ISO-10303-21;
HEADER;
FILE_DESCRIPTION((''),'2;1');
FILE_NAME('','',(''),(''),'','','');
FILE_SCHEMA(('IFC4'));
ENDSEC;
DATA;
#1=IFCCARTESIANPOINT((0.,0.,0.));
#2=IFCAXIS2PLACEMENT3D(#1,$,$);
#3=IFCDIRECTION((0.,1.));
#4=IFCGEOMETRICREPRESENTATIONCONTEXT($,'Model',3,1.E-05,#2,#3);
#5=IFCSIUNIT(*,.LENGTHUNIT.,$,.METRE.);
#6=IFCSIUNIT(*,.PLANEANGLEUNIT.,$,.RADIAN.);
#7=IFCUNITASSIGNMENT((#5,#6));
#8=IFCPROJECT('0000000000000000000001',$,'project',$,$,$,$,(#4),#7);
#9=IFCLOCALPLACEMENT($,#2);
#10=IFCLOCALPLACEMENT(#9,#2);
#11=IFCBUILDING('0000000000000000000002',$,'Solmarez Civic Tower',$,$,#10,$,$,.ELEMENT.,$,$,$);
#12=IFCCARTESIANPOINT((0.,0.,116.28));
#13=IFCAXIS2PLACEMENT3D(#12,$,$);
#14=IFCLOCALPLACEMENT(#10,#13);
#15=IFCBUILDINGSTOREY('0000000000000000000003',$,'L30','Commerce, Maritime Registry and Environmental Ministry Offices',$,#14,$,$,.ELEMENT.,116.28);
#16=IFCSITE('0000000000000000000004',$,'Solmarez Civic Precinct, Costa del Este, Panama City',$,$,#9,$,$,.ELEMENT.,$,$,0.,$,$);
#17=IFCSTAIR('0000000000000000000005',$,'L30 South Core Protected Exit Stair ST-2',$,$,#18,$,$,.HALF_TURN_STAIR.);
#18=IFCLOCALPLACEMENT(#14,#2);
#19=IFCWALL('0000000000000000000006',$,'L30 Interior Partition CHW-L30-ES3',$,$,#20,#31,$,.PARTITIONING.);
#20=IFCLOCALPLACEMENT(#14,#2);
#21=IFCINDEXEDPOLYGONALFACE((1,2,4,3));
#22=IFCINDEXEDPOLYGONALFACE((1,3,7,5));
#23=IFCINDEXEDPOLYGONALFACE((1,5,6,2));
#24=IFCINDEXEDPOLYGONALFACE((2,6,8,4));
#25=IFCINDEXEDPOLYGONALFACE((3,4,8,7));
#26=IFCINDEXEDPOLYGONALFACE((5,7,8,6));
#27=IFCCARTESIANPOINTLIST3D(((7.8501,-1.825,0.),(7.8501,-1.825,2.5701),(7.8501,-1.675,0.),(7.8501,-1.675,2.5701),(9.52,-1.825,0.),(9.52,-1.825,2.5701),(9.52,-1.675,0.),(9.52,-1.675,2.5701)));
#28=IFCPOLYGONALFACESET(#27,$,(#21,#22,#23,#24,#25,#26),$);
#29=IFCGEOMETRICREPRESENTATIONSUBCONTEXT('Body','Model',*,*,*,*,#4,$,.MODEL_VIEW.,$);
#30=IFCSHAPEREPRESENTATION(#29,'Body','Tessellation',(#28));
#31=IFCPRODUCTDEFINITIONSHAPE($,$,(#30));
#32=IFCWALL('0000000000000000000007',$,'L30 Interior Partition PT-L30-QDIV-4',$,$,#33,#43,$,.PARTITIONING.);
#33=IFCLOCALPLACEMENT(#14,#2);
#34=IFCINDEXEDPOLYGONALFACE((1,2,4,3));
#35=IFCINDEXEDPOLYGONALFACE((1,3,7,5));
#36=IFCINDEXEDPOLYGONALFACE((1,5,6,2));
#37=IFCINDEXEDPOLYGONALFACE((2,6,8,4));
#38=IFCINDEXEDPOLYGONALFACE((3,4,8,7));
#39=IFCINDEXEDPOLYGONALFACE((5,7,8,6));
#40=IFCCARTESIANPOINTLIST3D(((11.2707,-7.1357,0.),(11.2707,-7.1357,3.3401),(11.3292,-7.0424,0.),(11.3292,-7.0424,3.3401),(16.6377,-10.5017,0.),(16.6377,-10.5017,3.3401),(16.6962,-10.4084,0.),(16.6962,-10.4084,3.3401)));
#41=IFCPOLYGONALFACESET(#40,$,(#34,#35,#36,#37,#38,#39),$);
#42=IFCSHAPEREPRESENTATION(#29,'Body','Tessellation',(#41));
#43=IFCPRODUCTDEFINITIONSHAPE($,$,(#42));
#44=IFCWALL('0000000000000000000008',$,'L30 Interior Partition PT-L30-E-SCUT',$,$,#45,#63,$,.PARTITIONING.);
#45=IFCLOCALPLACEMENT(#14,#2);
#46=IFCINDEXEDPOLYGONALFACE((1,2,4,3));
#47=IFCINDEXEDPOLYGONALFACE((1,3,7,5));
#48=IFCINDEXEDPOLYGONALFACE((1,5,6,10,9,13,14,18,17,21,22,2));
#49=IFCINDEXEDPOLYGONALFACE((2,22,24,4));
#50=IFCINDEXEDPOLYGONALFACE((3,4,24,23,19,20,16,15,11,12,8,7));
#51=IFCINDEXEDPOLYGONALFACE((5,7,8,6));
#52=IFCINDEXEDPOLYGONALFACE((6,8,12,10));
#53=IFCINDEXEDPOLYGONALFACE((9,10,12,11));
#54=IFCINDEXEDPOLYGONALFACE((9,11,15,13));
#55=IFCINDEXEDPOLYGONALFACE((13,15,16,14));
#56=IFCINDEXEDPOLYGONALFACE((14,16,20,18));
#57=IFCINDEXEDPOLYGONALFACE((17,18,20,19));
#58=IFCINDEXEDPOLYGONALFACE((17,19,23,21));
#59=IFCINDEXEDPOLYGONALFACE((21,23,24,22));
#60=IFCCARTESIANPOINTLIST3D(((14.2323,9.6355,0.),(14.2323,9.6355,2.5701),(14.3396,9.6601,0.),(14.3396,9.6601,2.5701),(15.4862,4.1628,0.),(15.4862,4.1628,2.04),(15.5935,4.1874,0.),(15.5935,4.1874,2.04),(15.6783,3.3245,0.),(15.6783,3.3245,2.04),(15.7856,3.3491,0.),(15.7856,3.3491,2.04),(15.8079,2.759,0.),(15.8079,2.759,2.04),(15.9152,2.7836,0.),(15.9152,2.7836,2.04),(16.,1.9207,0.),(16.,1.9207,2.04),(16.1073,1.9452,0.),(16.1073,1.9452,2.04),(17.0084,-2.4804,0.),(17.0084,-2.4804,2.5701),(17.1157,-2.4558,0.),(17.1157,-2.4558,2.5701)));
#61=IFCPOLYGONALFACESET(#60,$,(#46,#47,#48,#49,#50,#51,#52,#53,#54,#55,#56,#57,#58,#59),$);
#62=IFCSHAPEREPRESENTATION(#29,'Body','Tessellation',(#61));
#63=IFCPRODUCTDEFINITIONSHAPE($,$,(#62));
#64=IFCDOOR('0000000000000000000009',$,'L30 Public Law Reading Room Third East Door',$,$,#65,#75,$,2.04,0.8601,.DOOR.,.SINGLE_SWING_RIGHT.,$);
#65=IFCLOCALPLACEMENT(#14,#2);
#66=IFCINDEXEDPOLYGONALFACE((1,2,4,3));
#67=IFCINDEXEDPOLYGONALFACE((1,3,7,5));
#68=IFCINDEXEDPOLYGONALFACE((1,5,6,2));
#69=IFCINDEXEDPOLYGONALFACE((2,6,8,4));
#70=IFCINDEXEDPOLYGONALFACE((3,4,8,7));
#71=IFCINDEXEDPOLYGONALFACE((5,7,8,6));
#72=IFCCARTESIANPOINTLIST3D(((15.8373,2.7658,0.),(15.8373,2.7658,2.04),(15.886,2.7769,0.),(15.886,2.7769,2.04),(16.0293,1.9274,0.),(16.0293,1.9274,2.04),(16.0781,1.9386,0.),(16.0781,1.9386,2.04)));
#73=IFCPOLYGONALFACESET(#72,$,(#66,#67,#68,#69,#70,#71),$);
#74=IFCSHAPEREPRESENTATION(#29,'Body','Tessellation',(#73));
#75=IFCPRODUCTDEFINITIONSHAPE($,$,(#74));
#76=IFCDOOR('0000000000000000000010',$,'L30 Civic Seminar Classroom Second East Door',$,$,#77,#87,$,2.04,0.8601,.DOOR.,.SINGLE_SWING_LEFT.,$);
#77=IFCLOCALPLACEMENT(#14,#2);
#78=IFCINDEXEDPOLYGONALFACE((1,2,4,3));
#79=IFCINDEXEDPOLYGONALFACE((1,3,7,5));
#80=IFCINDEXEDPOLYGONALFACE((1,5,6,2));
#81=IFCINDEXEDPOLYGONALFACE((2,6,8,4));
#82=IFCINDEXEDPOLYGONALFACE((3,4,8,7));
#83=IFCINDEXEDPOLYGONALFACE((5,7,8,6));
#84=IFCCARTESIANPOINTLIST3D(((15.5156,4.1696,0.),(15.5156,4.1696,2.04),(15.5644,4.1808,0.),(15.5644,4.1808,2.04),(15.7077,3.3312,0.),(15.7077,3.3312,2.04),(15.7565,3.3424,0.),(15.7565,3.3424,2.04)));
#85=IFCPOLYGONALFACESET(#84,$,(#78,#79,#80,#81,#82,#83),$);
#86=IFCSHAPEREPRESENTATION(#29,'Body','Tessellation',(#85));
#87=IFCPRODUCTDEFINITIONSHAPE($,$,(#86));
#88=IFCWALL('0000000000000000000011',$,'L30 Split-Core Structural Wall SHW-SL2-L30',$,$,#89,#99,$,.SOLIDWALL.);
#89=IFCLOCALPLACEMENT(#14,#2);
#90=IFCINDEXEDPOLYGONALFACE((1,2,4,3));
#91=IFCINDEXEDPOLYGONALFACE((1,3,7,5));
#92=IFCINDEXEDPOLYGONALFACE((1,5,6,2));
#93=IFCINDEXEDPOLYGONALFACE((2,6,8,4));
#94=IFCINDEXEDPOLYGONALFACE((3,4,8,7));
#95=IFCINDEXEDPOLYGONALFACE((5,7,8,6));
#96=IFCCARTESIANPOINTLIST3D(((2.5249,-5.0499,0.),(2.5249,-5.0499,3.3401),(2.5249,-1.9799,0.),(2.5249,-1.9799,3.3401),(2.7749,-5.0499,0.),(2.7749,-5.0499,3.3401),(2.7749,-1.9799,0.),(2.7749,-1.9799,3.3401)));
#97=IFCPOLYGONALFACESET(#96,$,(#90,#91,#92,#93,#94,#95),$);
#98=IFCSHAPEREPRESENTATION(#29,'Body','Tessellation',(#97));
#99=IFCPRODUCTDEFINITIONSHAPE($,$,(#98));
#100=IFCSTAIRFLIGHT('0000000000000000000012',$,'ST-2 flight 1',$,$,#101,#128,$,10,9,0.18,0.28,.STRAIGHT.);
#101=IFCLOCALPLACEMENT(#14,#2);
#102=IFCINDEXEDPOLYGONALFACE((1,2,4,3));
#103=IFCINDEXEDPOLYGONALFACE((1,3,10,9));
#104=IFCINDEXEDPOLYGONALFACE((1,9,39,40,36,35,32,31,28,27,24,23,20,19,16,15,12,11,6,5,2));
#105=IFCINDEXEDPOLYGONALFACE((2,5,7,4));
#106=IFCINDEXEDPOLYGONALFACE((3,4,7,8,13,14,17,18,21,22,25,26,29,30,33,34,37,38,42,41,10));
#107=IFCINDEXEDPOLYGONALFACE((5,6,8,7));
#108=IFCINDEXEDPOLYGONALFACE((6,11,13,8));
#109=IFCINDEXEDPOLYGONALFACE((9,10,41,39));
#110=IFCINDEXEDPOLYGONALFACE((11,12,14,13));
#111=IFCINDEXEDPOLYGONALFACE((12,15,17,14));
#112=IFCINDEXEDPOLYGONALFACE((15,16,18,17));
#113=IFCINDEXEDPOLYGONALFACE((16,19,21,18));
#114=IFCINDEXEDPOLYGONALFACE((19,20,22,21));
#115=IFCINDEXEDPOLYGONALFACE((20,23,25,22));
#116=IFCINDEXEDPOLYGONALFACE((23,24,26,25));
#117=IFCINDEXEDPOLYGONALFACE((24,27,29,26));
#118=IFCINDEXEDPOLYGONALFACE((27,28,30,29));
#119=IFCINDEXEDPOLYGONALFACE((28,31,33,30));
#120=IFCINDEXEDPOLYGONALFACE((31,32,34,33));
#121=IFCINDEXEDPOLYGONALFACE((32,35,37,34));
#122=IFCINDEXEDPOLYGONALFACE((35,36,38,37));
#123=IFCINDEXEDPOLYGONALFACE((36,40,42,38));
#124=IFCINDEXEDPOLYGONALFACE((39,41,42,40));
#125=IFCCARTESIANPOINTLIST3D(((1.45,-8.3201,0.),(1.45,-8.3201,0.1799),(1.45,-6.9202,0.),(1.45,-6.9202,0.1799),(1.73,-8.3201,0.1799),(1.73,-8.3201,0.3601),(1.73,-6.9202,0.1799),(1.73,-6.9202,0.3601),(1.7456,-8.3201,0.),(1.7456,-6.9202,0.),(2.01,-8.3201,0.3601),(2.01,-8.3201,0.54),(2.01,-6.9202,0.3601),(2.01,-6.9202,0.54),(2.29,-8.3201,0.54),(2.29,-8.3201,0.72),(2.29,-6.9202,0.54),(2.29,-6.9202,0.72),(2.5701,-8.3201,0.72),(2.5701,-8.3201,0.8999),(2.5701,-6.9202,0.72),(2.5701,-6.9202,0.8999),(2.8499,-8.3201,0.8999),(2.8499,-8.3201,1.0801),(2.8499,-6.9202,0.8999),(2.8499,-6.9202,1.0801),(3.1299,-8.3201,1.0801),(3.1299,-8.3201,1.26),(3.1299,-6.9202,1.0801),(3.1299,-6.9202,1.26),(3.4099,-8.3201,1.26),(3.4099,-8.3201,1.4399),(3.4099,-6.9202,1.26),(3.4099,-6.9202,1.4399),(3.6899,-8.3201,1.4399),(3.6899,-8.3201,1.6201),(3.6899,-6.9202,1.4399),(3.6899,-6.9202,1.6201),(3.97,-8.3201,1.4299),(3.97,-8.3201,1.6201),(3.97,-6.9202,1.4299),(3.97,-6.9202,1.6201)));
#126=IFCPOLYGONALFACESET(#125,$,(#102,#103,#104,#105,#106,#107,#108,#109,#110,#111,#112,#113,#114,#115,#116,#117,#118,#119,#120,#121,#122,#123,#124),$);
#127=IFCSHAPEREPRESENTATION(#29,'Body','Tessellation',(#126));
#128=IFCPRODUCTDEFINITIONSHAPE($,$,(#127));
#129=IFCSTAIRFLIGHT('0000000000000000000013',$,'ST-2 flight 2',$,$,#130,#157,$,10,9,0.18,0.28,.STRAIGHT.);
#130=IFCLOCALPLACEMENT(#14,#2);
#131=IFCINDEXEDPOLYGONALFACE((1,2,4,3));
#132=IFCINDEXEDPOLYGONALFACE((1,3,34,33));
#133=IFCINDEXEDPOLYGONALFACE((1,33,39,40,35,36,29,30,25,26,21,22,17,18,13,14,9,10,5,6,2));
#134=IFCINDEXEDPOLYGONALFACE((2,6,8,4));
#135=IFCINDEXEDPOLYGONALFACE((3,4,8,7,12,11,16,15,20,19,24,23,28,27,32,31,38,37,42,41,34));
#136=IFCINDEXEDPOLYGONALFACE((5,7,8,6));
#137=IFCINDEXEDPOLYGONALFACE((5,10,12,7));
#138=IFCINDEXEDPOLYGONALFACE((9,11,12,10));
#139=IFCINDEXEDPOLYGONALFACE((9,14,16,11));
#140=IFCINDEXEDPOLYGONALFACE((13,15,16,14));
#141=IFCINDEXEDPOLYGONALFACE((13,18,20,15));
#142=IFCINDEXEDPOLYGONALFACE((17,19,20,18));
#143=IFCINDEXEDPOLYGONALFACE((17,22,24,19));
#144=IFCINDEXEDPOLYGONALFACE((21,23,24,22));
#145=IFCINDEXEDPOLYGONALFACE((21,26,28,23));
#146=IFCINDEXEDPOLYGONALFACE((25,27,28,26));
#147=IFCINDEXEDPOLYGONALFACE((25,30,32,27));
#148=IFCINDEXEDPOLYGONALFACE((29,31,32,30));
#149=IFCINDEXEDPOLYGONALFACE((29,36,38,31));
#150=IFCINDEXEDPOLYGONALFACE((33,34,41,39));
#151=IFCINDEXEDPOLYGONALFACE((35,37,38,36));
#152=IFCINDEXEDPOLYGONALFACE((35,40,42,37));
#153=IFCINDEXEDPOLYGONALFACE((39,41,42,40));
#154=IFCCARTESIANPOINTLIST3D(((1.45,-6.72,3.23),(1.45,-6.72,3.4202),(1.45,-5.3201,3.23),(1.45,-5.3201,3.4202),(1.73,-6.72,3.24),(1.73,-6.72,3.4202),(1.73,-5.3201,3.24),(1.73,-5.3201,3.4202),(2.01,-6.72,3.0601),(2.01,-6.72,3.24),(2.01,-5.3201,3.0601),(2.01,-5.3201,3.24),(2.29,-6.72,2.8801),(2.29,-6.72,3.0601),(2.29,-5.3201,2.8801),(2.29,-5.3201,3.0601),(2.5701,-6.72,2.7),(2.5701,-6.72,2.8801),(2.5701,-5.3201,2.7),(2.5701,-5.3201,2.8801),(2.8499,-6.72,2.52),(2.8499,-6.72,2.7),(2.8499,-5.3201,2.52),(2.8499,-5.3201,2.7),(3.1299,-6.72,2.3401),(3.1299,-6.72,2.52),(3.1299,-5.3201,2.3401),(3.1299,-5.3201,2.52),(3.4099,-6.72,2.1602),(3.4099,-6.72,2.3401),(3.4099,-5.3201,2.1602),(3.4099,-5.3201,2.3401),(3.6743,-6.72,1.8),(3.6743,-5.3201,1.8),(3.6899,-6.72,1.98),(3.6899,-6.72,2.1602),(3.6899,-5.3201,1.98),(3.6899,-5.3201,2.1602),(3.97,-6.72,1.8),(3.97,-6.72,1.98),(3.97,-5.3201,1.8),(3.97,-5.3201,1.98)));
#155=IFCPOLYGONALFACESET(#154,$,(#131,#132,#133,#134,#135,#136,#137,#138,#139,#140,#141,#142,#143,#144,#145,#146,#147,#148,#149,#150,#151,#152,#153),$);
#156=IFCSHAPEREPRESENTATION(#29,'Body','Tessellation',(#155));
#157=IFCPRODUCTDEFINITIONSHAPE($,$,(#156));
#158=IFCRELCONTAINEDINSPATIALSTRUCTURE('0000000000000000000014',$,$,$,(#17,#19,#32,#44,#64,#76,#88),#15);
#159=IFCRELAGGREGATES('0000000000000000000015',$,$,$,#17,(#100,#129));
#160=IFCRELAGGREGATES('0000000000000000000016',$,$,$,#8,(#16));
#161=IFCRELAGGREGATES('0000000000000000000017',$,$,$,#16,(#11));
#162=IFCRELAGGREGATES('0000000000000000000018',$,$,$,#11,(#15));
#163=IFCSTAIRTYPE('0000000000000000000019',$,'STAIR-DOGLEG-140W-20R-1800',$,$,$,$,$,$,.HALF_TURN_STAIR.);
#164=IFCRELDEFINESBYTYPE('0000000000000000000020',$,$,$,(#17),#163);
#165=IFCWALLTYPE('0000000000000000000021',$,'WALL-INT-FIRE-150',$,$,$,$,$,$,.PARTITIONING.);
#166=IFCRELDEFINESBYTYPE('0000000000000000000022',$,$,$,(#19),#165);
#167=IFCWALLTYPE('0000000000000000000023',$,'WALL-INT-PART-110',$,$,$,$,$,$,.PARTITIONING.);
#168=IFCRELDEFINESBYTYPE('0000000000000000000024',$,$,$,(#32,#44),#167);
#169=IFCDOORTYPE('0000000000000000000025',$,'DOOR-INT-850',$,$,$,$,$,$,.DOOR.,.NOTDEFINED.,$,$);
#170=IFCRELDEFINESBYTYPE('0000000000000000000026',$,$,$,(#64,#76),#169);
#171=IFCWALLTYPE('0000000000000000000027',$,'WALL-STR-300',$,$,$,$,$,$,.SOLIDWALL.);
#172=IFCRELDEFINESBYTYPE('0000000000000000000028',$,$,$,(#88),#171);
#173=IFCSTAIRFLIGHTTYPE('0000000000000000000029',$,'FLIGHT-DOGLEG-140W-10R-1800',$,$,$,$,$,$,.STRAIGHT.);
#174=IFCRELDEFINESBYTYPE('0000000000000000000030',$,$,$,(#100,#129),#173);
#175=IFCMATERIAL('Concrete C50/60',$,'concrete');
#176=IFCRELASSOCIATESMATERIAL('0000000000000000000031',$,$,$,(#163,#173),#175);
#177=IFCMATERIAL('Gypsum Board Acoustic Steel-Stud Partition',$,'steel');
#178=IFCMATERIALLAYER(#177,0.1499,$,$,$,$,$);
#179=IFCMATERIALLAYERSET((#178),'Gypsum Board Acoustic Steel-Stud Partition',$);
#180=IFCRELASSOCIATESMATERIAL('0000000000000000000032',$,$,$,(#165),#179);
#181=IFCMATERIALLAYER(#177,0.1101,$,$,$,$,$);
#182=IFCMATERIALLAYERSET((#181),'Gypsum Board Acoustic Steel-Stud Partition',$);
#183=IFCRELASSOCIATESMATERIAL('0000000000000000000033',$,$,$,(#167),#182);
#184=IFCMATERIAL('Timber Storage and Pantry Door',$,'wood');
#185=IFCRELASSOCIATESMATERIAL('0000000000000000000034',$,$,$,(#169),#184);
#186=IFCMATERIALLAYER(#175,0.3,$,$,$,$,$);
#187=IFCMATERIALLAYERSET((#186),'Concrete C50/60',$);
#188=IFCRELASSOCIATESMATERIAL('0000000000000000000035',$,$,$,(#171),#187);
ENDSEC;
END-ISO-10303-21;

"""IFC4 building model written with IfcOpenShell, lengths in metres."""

from ifc_helpers import new_model, si_unit, direction, frame, frame_2d, origin, place, context, subcontext, project, spatial, polyline, rectangle, outline, extrude, material, layer, layer_set, type_object, element, fill, aggregate, save


model = new_model("IFC4")

# Units and contexts
model_context = context("Model", 3, precision=1e-05, world=origin(), true_north=direction((0.0, 1.0)))
body_context = subcontext(model_context, "Body", "Model", "MODEL_VIEW")
ifc_project = project(units=[si_unit("LENGTHUNIT", "METRE"), si_unit("PLANEANGLEUNIT", "RADIAN")], contexts=[model_context])

# Site, building, storey
site_placement = place(None, origin())
site = spatial("IfcSite", under=ifc_project, at=site_placement, Name="Solmarez Civic Precinct, Costa del Este, Panama City", CompositionType="ELEMENT", RefElevation=0.0)
building_placement = place(site_placement, origin())
building = spatial("IfcBuilding", under=site, at=building_placement, Name="Solmarez Civic Tower", CompositionType="ELEMENT")
storey_placement = place(building_placement, frame((0.0, 0.0, 116.28)))
storey = spatial("IfcBuildingStorey", under=building, at=storey_placement, Name="L30", Description="Commerce, Maritime Registry and Environmental Ministry Offices", CompositionType="ELEMENT", Elevation=116.28)

# Shared definitions
ifc_material_1 = material(Name="Concrete C50/60", Category="concrete")

# Stair
stair_type = type_object("IfcStairType", Name="STAIR-DOGLEG-140W-20R-1800", PredefinedType="HALF_TURN_STAIR", material=ifc_material_1)
stair_1_placement = place(storey_placement, origin())
stair_1 = element("IfcStair", 1, at=stair_1_placement, inside=storey, type_object=stair_type, Name="L30 South Core Protected Exit Stair ST-2", PredefinedType="HALF_TURN_STAIR")

# Walls
ifc_material_2 = material(Name="Gypsum Board Acoustic Steel-Stud Partition", Category="steel")
ifc_layer_1 = layer(ifc_material_2, 0.1499)
ifc_layer_set_1 = layer_set([ifc_layer_1], Name="Gypsum Board Acoustic Steel-Stud Partition")
wall_type_1 = type_object("IfcWallType", Name="WALL-INT-FIRE-150", PredefinedType="PARTITIONING", material=ifc_layer_set_1)
wall_1_placement = place(storey_placement, frame((7.8501, -1.75, 0.0), z_axis=(0.0, 0.0, 1.0), x_axis=(1.0, 0.0, 0.0)))
element("IfcWall", 2, at=wall_1_placement, inside=storey, type_object=wall_type_1, Name="L30 Interior Partition CHW-L30-ES3", PredefinedType="PARTITIONING", context=body_context, shape_type="SweptSolid", body=[
    extrude(rectangle(XDim=1.6699, YDim=0.1499, at=frame_2d((0.835, 0.0))), origin(), (0.0, 0.0, 1.0), 2.5701),
])
ifc_layer_2 = layer(ifc_material_2, 0.1101)
ifc_layer_set_2 = layer_set([ifc_layer_2], Name="Gypsum Board Acoustic Steel-Stud Partition")
wall_type_2 = type_object("IfcWallType", Name="WALL-INT-PART-110", PredefinedType="PARTITIONING", material=ifc_layer_set_2)
wall_2_placement = place(storey_placement, frame((11.3, -7.0891, 0.0), z_axis=(0.0, 0.0, 1.0), x_axis=(0.847172, -0.531318, 0.0)))
element("IfcWall", 3, at=wall_2_placement, inside=storey, type_object=wall_type_2, Name="L30 Interior Partition PT-L30-QDIV-4", PredefinedType="PARTITIONING", context=body_context, shape_type="SweptSolid", body=[
    extrude(rectangle(XDim=6.3352, YDim=0.1101, at=frame_2d((3.1675, 0.0))), origin(), (0.0, 0.0, 1.0), 3.3401),
])

# Wall, openings, doors
wall_3_placement = place(storey_placement, frame((17.062, -2.468, 0.0), z_axis=(0.0, 0.0, 1.0), x_axis=(-0.223342, 0.97474, 0.0)))
wall_3 = element("IfcWall", 4, at=wall_3_placement, inside=storey, type_object=wall_type_2, Name="L30 Interior Partition PT-L30-E-SCUT", PredefinedType="PARTITIONING", context=body_context, shape_type="SweptSolid", body=[
    extrude(rectangle(XDim=12.4299, YDim=0.1101, at=frame_2d((6.2148, 0.0))), origin(), (0.0, 0.0, 1.0), 2.5701),
])
opening_1_placement = place(wall_3_placement, frame((4.5149, 0.0, 0.0)))
opening_1 = element("IfcOpeningElement", 5, at=opening_1_placement, cuts=wall_3, PredefinedType="OPENING", context=body_context, shape_type="SweptSolid", body=[
    extrude(rectangle(XDim=0.8601, YDim=2.04, at=frame_2d((0.4302, 1.02))), frame((0.0, 0.0649, 0.0), z_axis=(0.0, -1.0, 0.0), x_axis=(1.0, 0.0, 0.0)), (0.0, 0.0, 1.0), 0.1301),
])
opening_2_placement = place(wall_3_placement, frame((5.9551, 0.0, 0.0)))
opening_2 = element("IfcOpeningElement", 6, at=opening_2_placement, cuts=wall_3, PredefinedType="OPENING", context=body_context, shape_type="SweptSolid", body=[
    extrude(rectangle(XDim=0.8601, YDim=2.04, at=frame_2d((0.4302, 1.02))), frame((0.0, 0.0649, 0.0), z_axis=(0.0, -1.0, 0.0), x_axis=(1.0, 0.0, 0.0)), (0.0, 0.0, 1.0), 0.1301),
])
ifc_material_3 = material(Name="Timber Storage and Pantry Door", Category="wood")
door_type = type_object("IfcDoorType", Name="DOOR-INT-850", OperationType="NOTDEFINED", PredefinedType="DOOR", material=ifc_material_3)
door_1_placement = place(opening_1_placement, origin())
door_1 = element("IfcDoor", 7, at=door_1_placement, inside=storey, type_object=door_type, Name="L30 Public Law Reading Room Third East Door", OperationType="SINGLE_SWING_RIGHT", OverallHeight=2.04, OverallWidth=0.8601, PredefinedType="DOOR", context=body_context, shape_type="SweptSolid", body=[
    extrude(rectangle(XDim=0.8601, YDim=2.04, at=frame_2d((0.4302, 1.02))), frame((0.0, 0.0249, 0.0), z_axis=(0.0, -1.0, 0.0), x_axis=(1.0, 0.0, 0.0)), (0.0, 0.0, 1.0), 0.05),
])
fill(opening_1, door_1)
door_2_placement = place(opening_2_placement, origin())
door_2 = element("IfcDoor", 8, at=door_2_placement, inside=storey, type_object=door_type, Name="L30 Civic Seminar Classroom Second East Door", OperationType="SINGLE_SWING_LEFT", OverallHeight=2.04, OverallWidth=0.8601, PredefinedType="DOOR", context=body_context, shape_type="SweptSolid", body=[
    extrude(rectangle(XDim=0.8601, YDim=2.04, at=frame_2d((0.4302, 1.02))), frame((0.0, 0.0249, 0.0), z_axis=(0.0, -1.0, 0.0), x_axis=(1.0, 0.0, 0.0)), (0.0, 0.0, 1.0), 0.05),
])
fill(opening_2, door_2)

# Wall
ifc_layer_3 = layer(ifc_material_1, 0.3)
ifc_layer_set_3 = layer_set([ifc_layer_3], Name="Concrete C50/60")
wall_type_3 = type_object("IfcWallType", Name="WALL-STR-300", PredefinedType="SOLIDWALL", material=ifc_layer_set_3)
wall_4_placement = place(storey_placement, frame((2.6499, -5.05, 0.0), z_axis=(0.0, 0.0, 1.0), x_axis=(0.0, 1.0, 0.0)))
element("IfcWall", 9, at=wall_4_placement, inside=storey, type_object=wall_type_3, Name="L30 Split-Core Structural Wall SHW-SL2-L30", PredefinedType="SOLIDWALL", context=body_context, shape_type="SweptSolid", body=[
    extrude(rectangle(XDim=3.0701, YDim=0.25, at=frame_2d((1.5352, 0.0))), origin(), (0.0, 0.0, 1.0), 3.3401),
])

# Stair flights
stair_flight_type = type_object("IfcStairFlightType", Name="FLIGHT-DOGLEG-140W-10R-1800", PredefinedType="STRAIGHT", material=ifc_material_1)
stair_flight_1_placement = place(storey_placement, frame((1.45, -7.6201, 0.0), z_axis=(0.0, 0.0, 1.0), x_axis=(1.0, 0.0, 0.0)))
stair_flight_1 = element("IfcStairFlight", 10, at=stair_flight_1_placement, type_object=stair_flight_type, Name="ST-2 flight 1", NumberOfRisers=10, NumberOfTreads=9, PredefinedType="STRAIGHT", RiserHeight=0.18, TreadLength=0.28, context=body_context, shape_type="SweptSolid", body=[
    extrude(outline(polyline([(0.0, 0.0), (0.0, 0.1799), (0.28, 0.1799), (0.28, 0.3601), (0.5601, 0.3601), (0.5601, 0.54), (0.8401, 0.54), (0.8401, 0.72), (1.1201, 0.72), (1.1201, 0.8999), (1.3999, 0.8999), (1.3999, 1.0801), (1.6799, 1.0801), (1.6799, 1.26), (1.96, 1.26), (1.96, 1.4399), (2.24, 1.4399), (2.24, 1.6201), (2.52, 1.6201), (2.52, 1.8), (2.52, 1.4299), (0.2957, 0.0), (0.0, 0.0)])), frame((0.0, 0.7, 0.0), z_axis=(0.0, -1.0, 0.0), x_axis=(1.0, 0.0, 0.0)), (0.0, 0.0, 1.0), 1.3999),
])
stair_flight_2_placement = place(storey_placement, frame((3.97, -6.02, 1.8), z_axis=(0.0, 0.0, 1.0), x_axis=(-1.0, 0.0, 0.0)))
stair_flight_2 = element("IfcStairFlight", 11, at=stair_flight_2_placement, type_object=stair_flight_type, Name="ST-2 flight 2", NumberOfRisers=10, NumberOfTreads=9, PredefinedType="STRAIGHT", RiserHeight=0.18, TreadLength=0.28, context=body_context, shape_type="SweptSolid", body=[
    extrude(outline(polyline([(0.0, 0.0), (0.0, 0.1799), (0.28, 0.1799), (0.28, 0.3601), (0.5601, 0.3601), (0.5601, 0.54), (0.8401, 0.54), (0.8401, 0.72), (1.1201, 0.72), (1.1201, 0.8999), (1.3999, 0.8999), (1.3999, 1.0801), (1.6799, 1.0801), (1.6799, 1.26), (1.96, 1.26), (1.96, 1.4399), (2.24, 1.4399), (2.24, 1.6201), (2.52, 1.6201), (2.52, 1.8), (2.52, 1.4299), (0.2957, 0.0), (0.0, 0.0)])), frame((0.0, 0.7, 0.0), z_axis=(0.0, -1.0, 0.0), x_axis=(1.0, 0.0, 0.0)), (0.0, 0.0, 1.0), 1.3999),
])
aggregate(stair_1, [stair_flight_1, stair_flight_2])

save(model, "model.ifc")
